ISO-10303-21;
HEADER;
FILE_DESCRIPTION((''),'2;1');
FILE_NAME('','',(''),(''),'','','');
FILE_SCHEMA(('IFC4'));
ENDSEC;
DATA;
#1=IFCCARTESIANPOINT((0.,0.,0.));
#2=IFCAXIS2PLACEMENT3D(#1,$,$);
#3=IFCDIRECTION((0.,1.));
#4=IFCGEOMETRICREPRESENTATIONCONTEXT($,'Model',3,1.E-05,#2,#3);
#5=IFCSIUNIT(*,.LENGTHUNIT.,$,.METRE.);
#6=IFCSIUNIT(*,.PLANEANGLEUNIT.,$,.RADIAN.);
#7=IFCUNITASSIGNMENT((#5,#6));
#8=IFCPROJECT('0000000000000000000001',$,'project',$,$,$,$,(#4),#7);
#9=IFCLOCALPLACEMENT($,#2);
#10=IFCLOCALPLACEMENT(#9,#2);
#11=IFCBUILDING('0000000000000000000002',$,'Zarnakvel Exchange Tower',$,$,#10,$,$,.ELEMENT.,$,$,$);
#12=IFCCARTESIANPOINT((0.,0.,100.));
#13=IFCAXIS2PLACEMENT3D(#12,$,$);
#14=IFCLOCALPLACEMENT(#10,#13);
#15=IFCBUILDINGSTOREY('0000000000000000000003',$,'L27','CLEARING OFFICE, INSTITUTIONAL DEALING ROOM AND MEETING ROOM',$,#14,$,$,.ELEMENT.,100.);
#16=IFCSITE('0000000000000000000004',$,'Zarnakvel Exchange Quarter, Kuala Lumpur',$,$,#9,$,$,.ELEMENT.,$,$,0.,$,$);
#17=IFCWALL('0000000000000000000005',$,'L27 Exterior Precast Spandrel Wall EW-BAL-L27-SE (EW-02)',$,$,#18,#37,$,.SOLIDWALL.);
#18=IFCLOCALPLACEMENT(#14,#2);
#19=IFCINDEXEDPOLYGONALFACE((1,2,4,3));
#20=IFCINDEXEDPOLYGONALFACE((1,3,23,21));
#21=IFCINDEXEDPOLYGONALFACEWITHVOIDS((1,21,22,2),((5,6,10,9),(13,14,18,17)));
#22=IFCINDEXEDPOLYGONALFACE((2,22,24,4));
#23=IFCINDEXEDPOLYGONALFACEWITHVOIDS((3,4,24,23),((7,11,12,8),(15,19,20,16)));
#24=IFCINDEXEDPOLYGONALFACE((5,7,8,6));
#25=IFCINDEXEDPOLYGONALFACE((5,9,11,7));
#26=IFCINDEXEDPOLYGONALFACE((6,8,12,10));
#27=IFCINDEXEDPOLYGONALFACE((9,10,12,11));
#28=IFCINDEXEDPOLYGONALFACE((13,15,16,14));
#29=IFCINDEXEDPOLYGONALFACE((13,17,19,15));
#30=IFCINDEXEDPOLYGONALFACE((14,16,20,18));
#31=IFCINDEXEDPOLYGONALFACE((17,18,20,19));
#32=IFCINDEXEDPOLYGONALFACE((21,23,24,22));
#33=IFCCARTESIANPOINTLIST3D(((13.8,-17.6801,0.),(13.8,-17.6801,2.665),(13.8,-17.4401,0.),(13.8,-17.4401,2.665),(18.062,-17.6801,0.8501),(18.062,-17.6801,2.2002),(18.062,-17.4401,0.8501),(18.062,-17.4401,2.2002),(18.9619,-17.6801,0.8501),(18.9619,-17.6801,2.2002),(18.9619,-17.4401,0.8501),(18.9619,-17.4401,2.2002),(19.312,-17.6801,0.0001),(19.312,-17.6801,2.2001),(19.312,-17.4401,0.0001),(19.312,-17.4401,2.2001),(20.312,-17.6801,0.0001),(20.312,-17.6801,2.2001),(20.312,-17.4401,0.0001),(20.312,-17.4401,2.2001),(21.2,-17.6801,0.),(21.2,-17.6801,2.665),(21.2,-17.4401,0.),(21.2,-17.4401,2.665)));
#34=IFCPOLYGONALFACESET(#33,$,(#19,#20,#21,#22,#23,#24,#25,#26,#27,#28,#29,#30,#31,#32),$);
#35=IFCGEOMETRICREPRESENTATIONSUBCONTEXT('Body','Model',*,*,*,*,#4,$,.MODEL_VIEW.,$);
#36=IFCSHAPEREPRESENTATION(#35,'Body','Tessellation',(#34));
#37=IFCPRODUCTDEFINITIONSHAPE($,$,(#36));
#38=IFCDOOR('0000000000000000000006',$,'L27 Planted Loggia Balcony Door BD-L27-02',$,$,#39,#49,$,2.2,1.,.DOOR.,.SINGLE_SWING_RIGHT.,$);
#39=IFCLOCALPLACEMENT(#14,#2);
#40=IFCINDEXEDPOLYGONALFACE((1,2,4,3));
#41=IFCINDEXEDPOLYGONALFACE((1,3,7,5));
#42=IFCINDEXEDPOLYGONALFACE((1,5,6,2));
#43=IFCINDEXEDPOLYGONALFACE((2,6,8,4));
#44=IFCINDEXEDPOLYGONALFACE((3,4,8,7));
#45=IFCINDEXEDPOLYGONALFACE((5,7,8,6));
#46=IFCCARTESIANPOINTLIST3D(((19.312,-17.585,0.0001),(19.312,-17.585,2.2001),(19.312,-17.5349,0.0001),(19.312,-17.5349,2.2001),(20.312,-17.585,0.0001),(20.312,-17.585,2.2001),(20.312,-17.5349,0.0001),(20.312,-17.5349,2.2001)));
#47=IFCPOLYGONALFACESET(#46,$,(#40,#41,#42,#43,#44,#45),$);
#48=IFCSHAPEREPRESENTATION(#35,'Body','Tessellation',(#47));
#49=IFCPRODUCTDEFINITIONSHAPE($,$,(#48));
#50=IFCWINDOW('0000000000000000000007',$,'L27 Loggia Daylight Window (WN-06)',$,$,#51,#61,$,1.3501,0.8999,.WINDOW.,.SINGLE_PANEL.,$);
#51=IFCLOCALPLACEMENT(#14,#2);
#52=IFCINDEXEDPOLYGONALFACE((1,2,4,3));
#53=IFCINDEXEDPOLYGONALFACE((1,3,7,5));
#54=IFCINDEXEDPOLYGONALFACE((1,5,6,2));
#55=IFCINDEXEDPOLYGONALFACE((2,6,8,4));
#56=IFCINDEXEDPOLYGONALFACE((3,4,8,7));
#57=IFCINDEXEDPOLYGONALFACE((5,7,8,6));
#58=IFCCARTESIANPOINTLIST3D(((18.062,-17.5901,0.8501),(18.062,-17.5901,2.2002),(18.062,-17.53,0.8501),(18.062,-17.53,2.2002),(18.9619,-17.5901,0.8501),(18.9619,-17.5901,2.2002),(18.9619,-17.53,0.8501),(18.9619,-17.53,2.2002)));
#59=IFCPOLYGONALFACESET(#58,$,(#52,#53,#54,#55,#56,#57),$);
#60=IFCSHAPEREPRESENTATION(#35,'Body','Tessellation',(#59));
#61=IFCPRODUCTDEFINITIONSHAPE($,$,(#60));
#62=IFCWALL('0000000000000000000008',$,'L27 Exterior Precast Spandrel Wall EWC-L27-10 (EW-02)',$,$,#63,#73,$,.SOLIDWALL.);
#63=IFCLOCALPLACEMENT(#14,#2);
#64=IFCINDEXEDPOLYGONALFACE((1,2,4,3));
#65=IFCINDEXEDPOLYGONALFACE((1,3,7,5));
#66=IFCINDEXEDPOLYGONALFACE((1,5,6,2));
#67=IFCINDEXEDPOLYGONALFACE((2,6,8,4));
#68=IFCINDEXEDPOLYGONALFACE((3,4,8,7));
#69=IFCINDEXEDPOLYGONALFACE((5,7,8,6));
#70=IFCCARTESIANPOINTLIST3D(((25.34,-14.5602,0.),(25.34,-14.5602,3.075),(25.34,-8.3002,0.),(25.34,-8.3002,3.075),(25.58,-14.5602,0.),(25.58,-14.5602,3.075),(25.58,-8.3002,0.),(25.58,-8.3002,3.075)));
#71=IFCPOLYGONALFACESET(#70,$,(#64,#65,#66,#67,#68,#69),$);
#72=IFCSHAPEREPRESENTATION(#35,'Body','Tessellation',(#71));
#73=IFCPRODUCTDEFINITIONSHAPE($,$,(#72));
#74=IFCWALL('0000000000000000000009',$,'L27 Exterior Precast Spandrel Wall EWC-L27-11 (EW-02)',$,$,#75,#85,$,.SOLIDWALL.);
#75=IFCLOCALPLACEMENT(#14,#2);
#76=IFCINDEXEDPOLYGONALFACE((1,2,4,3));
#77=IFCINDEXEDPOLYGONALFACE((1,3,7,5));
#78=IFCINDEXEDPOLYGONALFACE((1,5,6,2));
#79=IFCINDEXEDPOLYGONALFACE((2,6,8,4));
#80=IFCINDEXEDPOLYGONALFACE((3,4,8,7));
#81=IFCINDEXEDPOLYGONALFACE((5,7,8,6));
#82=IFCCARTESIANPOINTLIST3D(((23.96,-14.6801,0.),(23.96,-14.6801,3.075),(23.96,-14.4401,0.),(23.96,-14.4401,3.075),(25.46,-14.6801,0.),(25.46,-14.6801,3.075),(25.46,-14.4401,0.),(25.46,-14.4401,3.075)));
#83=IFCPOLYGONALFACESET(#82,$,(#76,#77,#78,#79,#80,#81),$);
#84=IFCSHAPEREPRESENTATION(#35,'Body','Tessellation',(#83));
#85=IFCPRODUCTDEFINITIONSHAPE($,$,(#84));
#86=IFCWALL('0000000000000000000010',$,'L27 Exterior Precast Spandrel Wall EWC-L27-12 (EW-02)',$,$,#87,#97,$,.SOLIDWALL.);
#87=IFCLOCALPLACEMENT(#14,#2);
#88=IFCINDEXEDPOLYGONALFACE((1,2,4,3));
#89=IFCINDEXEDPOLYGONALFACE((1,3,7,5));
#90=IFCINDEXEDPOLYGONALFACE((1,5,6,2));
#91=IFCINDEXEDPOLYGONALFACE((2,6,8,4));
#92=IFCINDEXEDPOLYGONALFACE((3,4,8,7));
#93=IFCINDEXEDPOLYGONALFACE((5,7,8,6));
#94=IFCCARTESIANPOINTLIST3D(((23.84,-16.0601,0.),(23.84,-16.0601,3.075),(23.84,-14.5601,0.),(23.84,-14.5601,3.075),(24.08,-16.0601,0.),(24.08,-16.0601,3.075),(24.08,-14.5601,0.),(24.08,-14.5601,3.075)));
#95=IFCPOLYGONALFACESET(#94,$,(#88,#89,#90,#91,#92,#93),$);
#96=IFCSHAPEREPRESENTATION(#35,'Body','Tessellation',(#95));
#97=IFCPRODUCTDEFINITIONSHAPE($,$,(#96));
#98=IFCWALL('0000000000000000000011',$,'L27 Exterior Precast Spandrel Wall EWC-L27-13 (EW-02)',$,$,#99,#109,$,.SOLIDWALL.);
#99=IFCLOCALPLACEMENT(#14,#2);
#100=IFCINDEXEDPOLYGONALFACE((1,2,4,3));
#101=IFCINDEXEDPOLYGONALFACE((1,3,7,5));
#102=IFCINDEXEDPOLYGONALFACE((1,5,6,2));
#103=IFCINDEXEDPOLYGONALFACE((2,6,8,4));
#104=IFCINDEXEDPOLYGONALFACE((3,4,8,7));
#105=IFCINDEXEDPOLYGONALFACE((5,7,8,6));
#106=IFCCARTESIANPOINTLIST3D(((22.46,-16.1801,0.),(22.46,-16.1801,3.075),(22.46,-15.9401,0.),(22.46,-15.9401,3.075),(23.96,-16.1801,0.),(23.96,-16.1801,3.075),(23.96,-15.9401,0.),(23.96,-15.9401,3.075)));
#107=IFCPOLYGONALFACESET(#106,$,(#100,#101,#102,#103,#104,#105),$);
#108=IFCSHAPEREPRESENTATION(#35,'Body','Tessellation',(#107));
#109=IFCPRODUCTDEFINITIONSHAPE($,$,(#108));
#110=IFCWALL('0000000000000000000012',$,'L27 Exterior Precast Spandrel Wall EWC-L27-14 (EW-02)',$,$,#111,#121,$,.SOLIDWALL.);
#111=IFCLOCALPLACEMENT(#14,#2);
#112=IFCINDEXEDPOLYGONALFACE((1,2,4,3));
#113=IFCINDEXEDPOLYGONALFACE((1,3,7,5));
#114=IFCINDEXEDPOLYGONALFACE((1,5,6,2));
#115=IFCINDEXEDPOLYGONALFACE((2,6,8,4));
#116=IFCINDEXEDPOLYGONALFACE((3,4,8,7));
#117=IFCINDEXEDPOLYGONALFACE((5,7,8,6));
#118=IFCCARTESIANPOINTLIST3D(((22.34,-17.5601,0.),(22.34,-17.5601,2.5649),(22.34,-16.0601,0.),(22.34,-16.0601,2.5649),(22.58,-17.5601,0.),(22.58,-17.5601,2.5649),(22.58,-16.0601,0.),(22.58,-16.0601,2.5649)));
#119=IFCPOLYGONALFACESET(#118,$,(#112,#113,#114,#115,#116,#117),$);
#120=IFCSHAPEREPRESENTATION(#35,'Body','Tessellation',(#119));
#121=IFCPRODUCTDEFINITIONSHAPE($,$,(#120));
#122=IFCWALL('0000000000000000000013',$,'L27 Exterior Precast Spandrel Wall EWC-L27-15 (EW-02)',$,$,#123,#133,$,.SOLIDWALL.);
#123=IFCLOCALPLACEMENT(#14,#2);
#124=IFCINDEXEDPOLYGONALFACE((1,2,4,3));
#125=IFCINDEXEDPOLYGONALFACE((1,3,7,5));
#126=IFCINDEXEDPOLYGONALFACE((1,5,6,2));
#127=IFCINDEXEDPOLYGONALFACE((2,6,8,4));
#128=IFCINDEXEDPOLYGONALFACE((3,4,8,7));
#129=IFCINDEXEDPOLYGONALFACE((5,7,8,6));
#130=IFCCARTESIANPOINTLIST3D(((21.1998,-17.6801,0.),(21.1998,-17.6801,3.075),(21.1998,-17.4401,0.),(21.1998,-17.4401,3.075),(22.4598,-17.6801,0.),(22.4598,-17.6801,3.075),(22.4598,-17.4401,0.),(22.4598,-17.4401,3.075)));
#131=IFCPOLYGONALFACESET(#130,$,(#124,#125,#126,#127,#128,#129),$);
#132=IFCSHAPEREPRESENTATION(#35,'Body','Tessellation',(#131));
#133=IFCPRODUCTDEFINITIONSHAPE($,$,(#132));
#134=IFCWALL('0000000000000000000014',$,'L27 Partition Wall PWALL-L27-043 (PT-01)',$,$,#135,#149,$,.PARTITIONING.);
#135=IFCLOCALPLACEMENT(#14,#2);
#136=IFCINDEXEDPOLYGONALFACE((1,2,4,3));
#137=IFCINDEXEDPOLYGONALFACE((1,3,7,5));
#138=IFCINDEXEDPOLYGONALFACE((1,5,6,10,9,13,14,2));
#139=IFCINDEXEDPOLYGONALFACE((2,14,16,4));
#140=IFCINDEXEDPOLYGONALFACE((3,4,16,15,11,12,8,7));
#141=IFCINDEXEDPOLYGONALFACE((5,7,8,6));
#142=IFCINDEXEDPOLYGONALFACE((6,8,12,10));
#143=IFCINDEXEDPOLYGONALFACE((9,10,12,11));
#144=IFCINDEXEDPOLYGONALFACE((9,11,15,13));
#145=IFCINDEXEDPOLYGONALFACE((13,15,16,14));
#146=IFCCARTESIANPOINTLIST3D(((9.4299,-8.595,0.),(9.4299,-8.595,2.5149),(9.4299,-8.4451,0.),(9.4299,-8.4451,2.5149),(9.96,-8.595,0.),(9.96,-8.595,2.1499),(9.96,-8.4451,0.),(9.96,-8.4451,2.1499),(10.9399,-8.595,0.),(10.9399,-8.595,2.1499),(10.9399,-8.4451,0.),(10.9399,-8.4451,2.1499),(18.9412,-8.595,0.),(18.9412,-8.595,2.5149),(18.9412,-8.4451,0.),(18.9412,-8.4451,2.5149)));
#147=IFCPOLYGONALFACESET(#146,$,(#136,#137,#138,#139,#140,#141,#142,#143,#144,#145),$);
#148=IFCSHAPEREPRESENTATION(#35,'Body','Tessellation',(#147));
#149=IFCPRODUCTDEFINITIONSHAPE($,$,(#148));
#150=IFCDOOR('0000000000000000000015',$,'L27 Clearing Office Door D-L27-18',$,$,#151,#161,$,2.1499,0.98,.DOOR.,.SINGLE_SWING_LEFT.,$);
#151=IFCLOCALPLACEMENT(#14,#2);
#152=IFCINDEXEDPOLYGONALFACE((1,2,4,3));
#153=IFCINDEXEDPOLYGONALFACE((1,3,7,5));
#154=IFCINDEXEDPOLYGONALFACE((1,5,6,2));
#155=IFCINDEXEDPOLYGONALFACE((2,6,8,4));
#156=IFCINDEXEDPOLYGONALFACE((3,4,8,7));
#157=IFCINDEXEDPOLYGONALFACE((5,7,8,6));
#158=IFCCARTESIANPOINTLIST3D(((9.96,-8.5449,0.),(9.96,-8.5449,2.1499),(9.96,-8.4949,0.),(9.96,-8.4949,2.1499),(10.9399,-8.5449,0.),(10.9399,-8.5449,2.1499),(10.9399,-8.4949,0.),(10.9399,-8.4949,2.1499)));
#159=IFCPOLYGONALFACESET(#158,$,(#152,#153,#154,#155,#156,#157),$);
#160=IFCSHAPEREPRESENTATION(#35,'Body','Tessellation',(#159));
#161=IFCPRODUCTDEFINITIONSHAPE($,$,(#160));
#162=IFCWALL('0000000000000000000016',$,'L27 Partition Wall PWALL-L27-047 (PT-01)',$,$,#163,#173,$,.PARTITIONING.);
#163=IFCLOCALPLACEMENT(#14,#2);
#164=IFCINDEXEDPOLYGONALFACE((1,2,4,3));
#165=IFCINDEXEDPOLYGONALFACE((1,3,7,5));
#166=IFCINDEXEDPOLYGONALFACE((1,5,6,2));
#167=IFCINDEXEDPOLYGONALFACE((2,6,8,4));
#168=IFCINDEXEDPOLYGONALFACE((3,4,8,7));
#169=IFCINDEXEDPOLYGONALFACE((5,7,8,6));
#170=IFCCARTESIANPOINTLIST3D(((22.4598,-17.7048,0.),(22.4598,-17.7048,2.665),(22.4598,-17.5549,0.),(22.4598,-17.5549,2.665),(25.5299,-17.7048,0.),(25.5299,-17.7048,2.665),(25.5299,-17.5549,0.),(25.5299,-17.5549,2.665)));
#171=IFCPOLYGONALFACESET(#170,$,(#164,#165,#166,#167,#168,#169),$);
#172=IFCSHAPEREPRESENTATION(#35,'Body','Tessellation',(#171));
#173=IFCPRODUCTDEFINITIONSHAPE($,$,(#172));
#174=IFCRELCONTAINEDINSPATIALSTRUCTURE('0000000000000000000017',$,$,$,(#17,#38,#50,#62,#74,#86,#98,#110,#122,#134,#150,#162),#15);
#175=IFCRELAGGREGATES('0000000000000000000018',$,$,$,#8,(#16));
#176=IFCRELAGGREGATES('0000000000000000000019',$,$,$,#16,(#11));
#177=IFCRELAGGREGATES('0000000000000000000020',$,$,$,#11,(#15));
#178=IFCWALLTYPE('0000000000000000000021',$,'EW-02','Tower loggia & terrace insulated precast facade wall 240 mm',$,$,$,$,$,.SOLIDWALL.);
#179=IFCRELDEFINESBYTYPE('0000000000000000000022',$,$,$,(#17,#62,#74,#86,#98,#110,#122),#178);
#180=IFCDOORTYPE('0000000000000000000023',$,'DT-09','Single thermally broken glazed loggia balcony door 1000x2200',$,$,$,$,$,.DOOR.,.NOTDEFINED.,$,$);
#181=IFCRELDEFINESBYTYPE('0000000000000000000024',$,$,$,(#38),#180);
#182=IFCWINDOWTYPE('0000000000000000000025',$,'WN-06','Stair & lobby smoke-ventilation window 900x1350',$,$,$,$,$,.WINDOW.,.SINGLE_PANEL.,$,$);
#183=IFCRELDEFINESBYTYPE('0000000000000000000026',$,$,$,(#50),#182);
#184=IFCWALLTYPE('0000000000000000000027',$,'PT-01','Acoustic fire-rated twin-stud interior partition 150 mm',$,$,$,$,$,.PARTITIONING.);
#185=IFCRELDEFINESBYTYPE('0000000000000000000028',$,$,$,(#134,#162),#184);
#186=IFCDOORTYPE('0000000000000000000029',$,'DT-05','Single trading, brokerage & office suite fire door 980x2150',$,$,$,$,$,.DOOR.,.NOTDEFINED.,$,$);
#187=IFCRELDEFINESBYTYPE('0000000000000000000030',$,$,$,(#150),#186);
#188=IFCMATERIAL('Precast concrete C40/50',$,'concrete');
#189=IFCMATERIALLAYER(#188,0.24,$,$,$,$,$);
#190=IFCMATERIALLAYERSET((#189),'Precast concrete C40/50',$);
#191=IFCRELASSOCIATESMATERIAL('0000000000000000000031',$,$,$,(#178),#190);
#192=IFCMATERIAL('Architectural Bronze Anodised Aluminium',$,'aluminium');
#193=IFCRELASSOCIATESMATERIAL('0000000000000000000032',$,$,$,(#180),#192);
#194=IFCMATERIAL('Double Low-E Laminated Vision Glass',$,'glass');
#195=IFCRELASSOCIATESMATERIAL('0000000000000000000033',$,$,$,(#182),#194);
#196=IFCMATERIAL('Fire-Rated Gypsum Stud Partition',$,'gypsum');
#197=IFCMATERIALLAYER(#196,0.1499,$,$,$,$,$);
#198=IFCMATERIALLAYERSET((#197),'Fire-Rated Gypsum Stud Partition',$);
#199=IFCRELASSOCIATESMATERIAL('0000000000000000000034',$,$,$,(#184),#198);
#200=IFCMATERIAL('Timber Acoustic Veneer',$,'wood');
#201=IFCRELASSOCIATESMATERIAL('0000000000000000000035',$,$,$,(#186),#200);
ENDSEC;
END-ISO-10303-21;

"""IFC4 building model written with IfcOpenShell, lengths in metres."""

from ifc_helpers import new_model, si_unit, direction, frame, frame_2d, origin, place, context, subcontext, project, spatial, rectangle, extrude, source, transform, mapped, material, layer, layer_set, type_object, element, fill, save


model = new_model("IFC4")

# Units and contexts
model_context = context("Model", 3, precision=1e-05, world=origin(), true_north=direction((0.0, 1.0)))
body_context = subcontext(model_context, "Body", "Model", "MODEL_VIEW")
ifc_project = project(units=[si_unit("LENGTHUNIT", "METRE"), si_unit("PLANEANGLEUNIT", "RADIAN")], contexts=[model_context])

# Site, building, storey
site_placement = place(None, origin())
site = spatial("IfcSite", under=ifc_project, at=site_placement, Name="Zarnakvel Exchange Quarter, Kuala Lumpur", CompositionType="ELEMENT", RefElevation=0.0)
building_placement = place(site_placement, origin())
building = spatial("IfcBuilding", under=site, at=building_placement, Name="Zarnakvel Exchange Tower", CompositionType="ELEMENT")
storey_placement = place(building_placement, frame((0.0, 0.0, 100.0)))
storey = spatial("IfcBuildingStorey", under=building, at=storey_placement, Name="L27", Description="CLEARING OFFICE, INSTITUTIONAL DEALING ROOM AND MEETING ROOM", CompositionType="ELEMENT", Elevation=100.0)

# Wall, openings, door, window
ifc_material_1 = material(Name="Precast concrete C40/50", Category="concrete")
ifc_layer_1 = layer(ifc_material_1, 0.24)
ifc_layer_set_1 = layer_set([ifc_layer_1], Name="Precast concrete C40/50")
wall_type_1 = type_object("IfcWallType", Name="EW-02", Description="Tower loggia & terrace insulated precast facade wall 240 mm", PredefinedType="SOLIDWALL", material=ifc_layer_set_1)
wall_1_placement = place(storey_placement, frame((21.2, -17.5601, 0.0), z_axis=(0.0, 0.0, 1.0), x_axis=(-1.0, 0.0, 0.0)))
wall_1 = element("IfcWall", 1, at=wall_1_placement, inside=storey, type_object=wall_type_1, Name="L27 Exterior Precast Spandrel Wall EW-BAL-L27-SE (EW-02)", PredefinedType="SOLIDWALL", context=body_context, shape_type="SweptSolid", body=[
    extrude(rectangle(XDim=7.3999, YDim=0.24, at=frame_2d((3.7, 0.0))), origin(), (0.0, 0.0, 1.0), 2.665),
])
opening_1_placement = place(wall_1_placement, frame((0.8879, 0.0, 0.0)))
opening_1 = element("IfcOpeningElement", 2, at=opening_1_placement, cuts=wall_1, PredefinedType="OPENING", context=body_context, shape_type="SweptSolid", body=[
    extrude(rectangle(XDim=1.0, YDim=2.2, at=frame_2d((0.5, 1.1001))), frame((0.0, 0.1299, 0.0), z_axis=(0.0, -1.0, 0.0), x_axis=(1.0, 0.0, 0.0)), (0.0, 0.0, 1.0), 0.26),
])
opening_2_placement = place(wall_1_placement, frame((2.238, 0.0, 0.8501)))
opening_2 = element("IfcOpeningElement", 3, at=opening_2_placement, cuts=wall_1, PredefinedType="OPENING", context=body_context, shape_type="SweptSolid", body=[
    extrude(rectangle(XDim=0.8999, YDim=1.3501, at=frame_2d((0.45, 0.675))), frame((0.0, 0.1299, 0.0), z_axis=(0.0, -1.0, 0.0), x_axis=(1.0, 0.0, 0.0)), (0.0, 0.0, 1.0), 0.26),
])
ifc_material_2 = material(Name="Architectural Bronze Anodised Aluminium", Category="aluminium")
door_type_1 = type_object("IfcDoorType", Name="DT-09", Description="Single thermally broken glazed loggia balcony door 1000x2200", OperationType="NOTDEFINED", PredefinedType="DOOR", material=ifc_material_2)
shared_shape_1 = source(origin(), body_context, "Body", "SweptSolid", [
    extrude(rectangle(XDim=1.0, YDim=2.2, at=frame_2d((0.5, 1.1001))), frame((0.0, 0.0249, 0.0), z_axis=(0.0, -1.0, 0.0), x_axis=(1.0, 0.0, 0.0)), (0.0, 0.0, 1.0), 0.05),
])
door_1_placement = place(opening_1_placement, origin())
door_1 = element("IfcDoor", 4, at=door_1_placement, inside=storey, type_object=door_type_1, Name="L27 Planted Loggia Balcony Door BD-L27-02", OperationType="SINGLE_SWING_RIGHT", OverallHeight=2.2, OverallWidth=1.0, PredefinedType="DOOR", context=body_context, shape_type="MappedRepresentation", body=[
    mapped(shared_shape_1, transform((0.0, 0.0, 0.0), x_axis=(1.0, 0.0, 0.0), y_axis=(0.0, 1.0, 0.0), z_axis=(0.0, 0.0, 1.0), scale=1.0)),
])
fill(opening_1, door_1)
ifc_material_3 = material(Name="Double Low-E Laminated Vision Glass", Category="glass")
window_type = type_object("IfcWindowType", Name="WN-06", Description="Stair & lobby smoke-ventilation window 900x1350", PartitioningType="SINGLE_PANEL", PredefinedType="WINDOW", material=ifc_material_3)
shared_shape_2 = source(origin(), body_context, "Body", "SweptSolid", [
    extrude(rectangle(XDim=0.8999, YDim=1.3501, at=frame_2d((0.45, 0.675))), frame((0.0, 0.03, 0.0), z_axis=(0.0, -1.0, 0.0), x_axis=(1.0, 0.0, 0.0)), (0.0, 0.0, 1.0), 0.0601),
])
window_placement = place(opening_2_placement, origin())
window = element("IfcWindow", 5, at=window_placement, inside=storey, type_object=window_type, Name="L27 Loggia Daylight Window (WN-06)", OverallHeight=1.3501, OverallWidth=0.8999, PartitioningType="SINGLE_PANEL", PredefinedType="WINDOW", context=body_context, shape_type="MappedRepresentation", body=[
    mapped(shared_shape_2, transform((0.0, 0.0, 0.0), x_axis=(1.0, 0.0, 0.0), y_axis=(0.0, 1.0, 0.0), z_axis=(0.0, 0.0, 1.0), scale=1.0)),
])
fill(opening_2, window)

# Walls
wall_2_placement = place(storey_placement, frame((25.46, -14.5601, 0.0), z_axis=(0.0, 0.0, 1.0), x_axis=(0.0, 1.0, 0.0)))
element("IfcWall", 6, at=wall_2_placement, inside=storey, type_object=wall_type_1, Name="L27 Exterior Precast Spandrel Wall EWC-L27-10 (EW-02)", PredefinedType="SOLIDWALL", context=body_context, shape_type="SweptSolid", body=[
    extrude(rectangle(XDim=6.26, YDim=0.24, at=frame_2d((3.1299, 0.0))), origin(), (0.0, 0.0, 1.0), 3.075),
])
for number, where, z_axis, x_axis, name in (
    (7, (23.96, -14.5601, 0.0), (0.0, 0.0, 1.0), (1.0, 0.0, 0.0), "L27 Exterior Precast Spandrel Wall EWC-L27-11 (EW-02)"),
    (8, (23.96, -16.0601, 0.0), (0.0, 0.0, 1.0), (0.0, 1.0, 0.0), "L27 Exterior Precast Spandrel Wall EWC-L27-12 (EW-02)"),
    (9, (22.46, -16.0601, 0.0), (0.0, 0.0, 1.0), (1.0, 0.0, 0.0), "L27 Exterior Precast Spandrel Wall EWC-L27-13 (EW-02)"),
):
    element("IfcWall", number, at=place(storey_placement, frame(where, z_axis=z_axis, x_axis=x_axis)), inside=storey, type_object=wall_type_1, Name=name, PredefinedType="SOLIDWALL", context=body_context, shape_type="SweptSolid", body=[
        extrude(rectangle(XDim=1.5, YDim=0.24, at=frame_2d((0.75, 0.0))), origin(), (0.0, 0.0, 1.0), 3.075),
    ])
wall_3_placement = place(storey_placement, frame((22.46, -17.5601, 0.0), z_axis=(0.0, 0.0, 1.0), x_axis=(0.0, 1.0, 0.0)))
element("IfcWall", 10, at=wall_3_placement, inside=storey, type_object=wall_type_1, Name="L27 Exterior Precast Spandrel Wall EWC-L27-14 (EW-02)", PredefinedType="SOLIDWALL", context=body_context, shape_type="SweptSolid", body=[
    extrude(rectangle(XDim=1.5, YDim=0.24, at=frame_2d((0.75, 0.0))), origin(), (0.0, 0.0, 1.0), 2.5649),
])
wall_4_placement = place(storey_placement, frame((21.2, -17.5601, 0.0), z_axis=(0.0, 0.0, 1.0), x_axis=(1.0, 0.0, 0.0)))
element("IfcWall", 11, at=wall_4_placement, inside=storey, type_object=wall_type_1, Name="L27 Exterior Precast Spandrel Wall EWC-L27-15 (EW-02)", PredefinedType="SOLIDWALL", context=body_context, shape_type="SweptSolid", body=[
    extrude(rectangle(XDim=1.26, YDim=0.24, at=frame_2d((0.6299, 0.0))), origin(), (0.0, 0.0, 1.0), 3.075),
])

# Wall, opening, door
ifc_material_4 = material(Name="Fire-Rated Gypsum Stud Partition", Category="gypsum")
ifc_layer_2 = layer(ifc_material_4, 0.1499)
ifc_layer_set_2 = layer_set([ifc_layer_2], Name="Fire-Rated Gypsum Stud Partition")
wall_type_2 = type_object("IfcWallType", Name="PT-01", Description="Acoustic fire-rated twin-stud interior partition 150 mm", PredefinedType="PARTITIONING", material=ifc_layer_set_2)
wall_5_placement = place(storey_placement, frame((18.9412, -8.52, 0.0), z_axis=(0.0, 0.0, 1.0), x_axis=(-1.0, 0.0, 0.0)))
wall_5 = element("IfcWall", 12, at=wall_5_placement, inside=storey, type_object=wall_type_2, Name="L27 Partition Wall PWALL-L27-043 (PT-01)", PredefinedType="PARTITIONING", context=body_context, shape_type="SweptSolid", body=[
    extrude(rectangle(XDim=9.5112, YDim=0.1499, at=frame_2d((4.7556, 0.0))), origin(), (0.0, 0.0, 1.0), 2.5149),
])
opening_3_placement = place(wall_5_placement, frame((8.0012, 0.0, 0.0)))
opening_3 = element("IfcOpeningElement", 13, at=opening_3_placement, cuts=wall_5, PredefinedType="OPENING", context=body_context, shape_type="SweptSolid", body=[
    extrude(rectangle(XDim=0.98, YDim=2.1499, at=frame_2d((0.49, 1.075))), frame((0.0, 0.085, 0.0), z_axis=(0.0, -1.0, 0.0), x_axis=(1.0, 0.0, 0.0)), (0.0, 0.0, 1.0), 0.1699),
])
ifc_material_5 = material(Name="Timber Acoustic Veneer", Category="wood")
door_type_2 = type_object("IfcDoorType", Name="DT-05", Description="Single trading, brokerage & office suite fire door 980x2150", OperationType="NOTDEFINED", PredefinedType="DOOR", material=ifc_material_5)
shared_shape_3 = source(origin(), body_context, "Body", "SweptSolid", [
    extrude(rectangle(XDim=0.98, YDim=2.1499, at=frame_2d((0.49, 1.075))), frame((0.0, 0.0249, 0.0), z_axis=(0.0, -1.0, 0.0), x_axis=(1.0, 0.0, 0.0)), (0.0, 0.0, 1.0), 0.05),
])
door_2_placement = place(opening_3_placement, origin())
door_2 = element("IfcDoor", 14, at=door_2_placement, inside=storey, type_object=door_type_2, Name="L27 Clearing Office Door D-L27-18", OperationType="SINGLE_SWING_LEFT", OverallHeight=2.1499, OverallWidth=0.98, PredefinedType="DOOR", context=body_context, shape_type="MappedRepresentation", body=[
    mapped(shared_shape_3, transform((0.0, 0.0, 0.0), x_axis=(1.0, 0.0, 0.0), y_axis=(0.0, 1.0, 0.0), z_axis=(0.0, 0.0, 1.0), scale=1.0)),
])
fill(opening_3, door_2)

# Wall
wall_6_placement = place(storey_placement, frame((25.53, -17.6299, 0.0), z_axis=(0.0, 0.0, 1.0), x_axis=(-1.0, 0.0, 0.0)))
element("IfcWall", 15, at=wall_6_placement, inside=storey, type_object=wall_type_2, Name="L27 Partition Wall PWALL-L27-047 (PT-01)", PredefinedType="PARTITIONING", context=body_context, shape_type="SweptSolid", body=[
    extrude(rectangle(XDim=3.0701, YDim=0.1499, at=frame_2d((1.5352, 0.0))), origin(), (0.0, 0.0, 1.0), 2.665),
])

save(model, "model.ifc")
